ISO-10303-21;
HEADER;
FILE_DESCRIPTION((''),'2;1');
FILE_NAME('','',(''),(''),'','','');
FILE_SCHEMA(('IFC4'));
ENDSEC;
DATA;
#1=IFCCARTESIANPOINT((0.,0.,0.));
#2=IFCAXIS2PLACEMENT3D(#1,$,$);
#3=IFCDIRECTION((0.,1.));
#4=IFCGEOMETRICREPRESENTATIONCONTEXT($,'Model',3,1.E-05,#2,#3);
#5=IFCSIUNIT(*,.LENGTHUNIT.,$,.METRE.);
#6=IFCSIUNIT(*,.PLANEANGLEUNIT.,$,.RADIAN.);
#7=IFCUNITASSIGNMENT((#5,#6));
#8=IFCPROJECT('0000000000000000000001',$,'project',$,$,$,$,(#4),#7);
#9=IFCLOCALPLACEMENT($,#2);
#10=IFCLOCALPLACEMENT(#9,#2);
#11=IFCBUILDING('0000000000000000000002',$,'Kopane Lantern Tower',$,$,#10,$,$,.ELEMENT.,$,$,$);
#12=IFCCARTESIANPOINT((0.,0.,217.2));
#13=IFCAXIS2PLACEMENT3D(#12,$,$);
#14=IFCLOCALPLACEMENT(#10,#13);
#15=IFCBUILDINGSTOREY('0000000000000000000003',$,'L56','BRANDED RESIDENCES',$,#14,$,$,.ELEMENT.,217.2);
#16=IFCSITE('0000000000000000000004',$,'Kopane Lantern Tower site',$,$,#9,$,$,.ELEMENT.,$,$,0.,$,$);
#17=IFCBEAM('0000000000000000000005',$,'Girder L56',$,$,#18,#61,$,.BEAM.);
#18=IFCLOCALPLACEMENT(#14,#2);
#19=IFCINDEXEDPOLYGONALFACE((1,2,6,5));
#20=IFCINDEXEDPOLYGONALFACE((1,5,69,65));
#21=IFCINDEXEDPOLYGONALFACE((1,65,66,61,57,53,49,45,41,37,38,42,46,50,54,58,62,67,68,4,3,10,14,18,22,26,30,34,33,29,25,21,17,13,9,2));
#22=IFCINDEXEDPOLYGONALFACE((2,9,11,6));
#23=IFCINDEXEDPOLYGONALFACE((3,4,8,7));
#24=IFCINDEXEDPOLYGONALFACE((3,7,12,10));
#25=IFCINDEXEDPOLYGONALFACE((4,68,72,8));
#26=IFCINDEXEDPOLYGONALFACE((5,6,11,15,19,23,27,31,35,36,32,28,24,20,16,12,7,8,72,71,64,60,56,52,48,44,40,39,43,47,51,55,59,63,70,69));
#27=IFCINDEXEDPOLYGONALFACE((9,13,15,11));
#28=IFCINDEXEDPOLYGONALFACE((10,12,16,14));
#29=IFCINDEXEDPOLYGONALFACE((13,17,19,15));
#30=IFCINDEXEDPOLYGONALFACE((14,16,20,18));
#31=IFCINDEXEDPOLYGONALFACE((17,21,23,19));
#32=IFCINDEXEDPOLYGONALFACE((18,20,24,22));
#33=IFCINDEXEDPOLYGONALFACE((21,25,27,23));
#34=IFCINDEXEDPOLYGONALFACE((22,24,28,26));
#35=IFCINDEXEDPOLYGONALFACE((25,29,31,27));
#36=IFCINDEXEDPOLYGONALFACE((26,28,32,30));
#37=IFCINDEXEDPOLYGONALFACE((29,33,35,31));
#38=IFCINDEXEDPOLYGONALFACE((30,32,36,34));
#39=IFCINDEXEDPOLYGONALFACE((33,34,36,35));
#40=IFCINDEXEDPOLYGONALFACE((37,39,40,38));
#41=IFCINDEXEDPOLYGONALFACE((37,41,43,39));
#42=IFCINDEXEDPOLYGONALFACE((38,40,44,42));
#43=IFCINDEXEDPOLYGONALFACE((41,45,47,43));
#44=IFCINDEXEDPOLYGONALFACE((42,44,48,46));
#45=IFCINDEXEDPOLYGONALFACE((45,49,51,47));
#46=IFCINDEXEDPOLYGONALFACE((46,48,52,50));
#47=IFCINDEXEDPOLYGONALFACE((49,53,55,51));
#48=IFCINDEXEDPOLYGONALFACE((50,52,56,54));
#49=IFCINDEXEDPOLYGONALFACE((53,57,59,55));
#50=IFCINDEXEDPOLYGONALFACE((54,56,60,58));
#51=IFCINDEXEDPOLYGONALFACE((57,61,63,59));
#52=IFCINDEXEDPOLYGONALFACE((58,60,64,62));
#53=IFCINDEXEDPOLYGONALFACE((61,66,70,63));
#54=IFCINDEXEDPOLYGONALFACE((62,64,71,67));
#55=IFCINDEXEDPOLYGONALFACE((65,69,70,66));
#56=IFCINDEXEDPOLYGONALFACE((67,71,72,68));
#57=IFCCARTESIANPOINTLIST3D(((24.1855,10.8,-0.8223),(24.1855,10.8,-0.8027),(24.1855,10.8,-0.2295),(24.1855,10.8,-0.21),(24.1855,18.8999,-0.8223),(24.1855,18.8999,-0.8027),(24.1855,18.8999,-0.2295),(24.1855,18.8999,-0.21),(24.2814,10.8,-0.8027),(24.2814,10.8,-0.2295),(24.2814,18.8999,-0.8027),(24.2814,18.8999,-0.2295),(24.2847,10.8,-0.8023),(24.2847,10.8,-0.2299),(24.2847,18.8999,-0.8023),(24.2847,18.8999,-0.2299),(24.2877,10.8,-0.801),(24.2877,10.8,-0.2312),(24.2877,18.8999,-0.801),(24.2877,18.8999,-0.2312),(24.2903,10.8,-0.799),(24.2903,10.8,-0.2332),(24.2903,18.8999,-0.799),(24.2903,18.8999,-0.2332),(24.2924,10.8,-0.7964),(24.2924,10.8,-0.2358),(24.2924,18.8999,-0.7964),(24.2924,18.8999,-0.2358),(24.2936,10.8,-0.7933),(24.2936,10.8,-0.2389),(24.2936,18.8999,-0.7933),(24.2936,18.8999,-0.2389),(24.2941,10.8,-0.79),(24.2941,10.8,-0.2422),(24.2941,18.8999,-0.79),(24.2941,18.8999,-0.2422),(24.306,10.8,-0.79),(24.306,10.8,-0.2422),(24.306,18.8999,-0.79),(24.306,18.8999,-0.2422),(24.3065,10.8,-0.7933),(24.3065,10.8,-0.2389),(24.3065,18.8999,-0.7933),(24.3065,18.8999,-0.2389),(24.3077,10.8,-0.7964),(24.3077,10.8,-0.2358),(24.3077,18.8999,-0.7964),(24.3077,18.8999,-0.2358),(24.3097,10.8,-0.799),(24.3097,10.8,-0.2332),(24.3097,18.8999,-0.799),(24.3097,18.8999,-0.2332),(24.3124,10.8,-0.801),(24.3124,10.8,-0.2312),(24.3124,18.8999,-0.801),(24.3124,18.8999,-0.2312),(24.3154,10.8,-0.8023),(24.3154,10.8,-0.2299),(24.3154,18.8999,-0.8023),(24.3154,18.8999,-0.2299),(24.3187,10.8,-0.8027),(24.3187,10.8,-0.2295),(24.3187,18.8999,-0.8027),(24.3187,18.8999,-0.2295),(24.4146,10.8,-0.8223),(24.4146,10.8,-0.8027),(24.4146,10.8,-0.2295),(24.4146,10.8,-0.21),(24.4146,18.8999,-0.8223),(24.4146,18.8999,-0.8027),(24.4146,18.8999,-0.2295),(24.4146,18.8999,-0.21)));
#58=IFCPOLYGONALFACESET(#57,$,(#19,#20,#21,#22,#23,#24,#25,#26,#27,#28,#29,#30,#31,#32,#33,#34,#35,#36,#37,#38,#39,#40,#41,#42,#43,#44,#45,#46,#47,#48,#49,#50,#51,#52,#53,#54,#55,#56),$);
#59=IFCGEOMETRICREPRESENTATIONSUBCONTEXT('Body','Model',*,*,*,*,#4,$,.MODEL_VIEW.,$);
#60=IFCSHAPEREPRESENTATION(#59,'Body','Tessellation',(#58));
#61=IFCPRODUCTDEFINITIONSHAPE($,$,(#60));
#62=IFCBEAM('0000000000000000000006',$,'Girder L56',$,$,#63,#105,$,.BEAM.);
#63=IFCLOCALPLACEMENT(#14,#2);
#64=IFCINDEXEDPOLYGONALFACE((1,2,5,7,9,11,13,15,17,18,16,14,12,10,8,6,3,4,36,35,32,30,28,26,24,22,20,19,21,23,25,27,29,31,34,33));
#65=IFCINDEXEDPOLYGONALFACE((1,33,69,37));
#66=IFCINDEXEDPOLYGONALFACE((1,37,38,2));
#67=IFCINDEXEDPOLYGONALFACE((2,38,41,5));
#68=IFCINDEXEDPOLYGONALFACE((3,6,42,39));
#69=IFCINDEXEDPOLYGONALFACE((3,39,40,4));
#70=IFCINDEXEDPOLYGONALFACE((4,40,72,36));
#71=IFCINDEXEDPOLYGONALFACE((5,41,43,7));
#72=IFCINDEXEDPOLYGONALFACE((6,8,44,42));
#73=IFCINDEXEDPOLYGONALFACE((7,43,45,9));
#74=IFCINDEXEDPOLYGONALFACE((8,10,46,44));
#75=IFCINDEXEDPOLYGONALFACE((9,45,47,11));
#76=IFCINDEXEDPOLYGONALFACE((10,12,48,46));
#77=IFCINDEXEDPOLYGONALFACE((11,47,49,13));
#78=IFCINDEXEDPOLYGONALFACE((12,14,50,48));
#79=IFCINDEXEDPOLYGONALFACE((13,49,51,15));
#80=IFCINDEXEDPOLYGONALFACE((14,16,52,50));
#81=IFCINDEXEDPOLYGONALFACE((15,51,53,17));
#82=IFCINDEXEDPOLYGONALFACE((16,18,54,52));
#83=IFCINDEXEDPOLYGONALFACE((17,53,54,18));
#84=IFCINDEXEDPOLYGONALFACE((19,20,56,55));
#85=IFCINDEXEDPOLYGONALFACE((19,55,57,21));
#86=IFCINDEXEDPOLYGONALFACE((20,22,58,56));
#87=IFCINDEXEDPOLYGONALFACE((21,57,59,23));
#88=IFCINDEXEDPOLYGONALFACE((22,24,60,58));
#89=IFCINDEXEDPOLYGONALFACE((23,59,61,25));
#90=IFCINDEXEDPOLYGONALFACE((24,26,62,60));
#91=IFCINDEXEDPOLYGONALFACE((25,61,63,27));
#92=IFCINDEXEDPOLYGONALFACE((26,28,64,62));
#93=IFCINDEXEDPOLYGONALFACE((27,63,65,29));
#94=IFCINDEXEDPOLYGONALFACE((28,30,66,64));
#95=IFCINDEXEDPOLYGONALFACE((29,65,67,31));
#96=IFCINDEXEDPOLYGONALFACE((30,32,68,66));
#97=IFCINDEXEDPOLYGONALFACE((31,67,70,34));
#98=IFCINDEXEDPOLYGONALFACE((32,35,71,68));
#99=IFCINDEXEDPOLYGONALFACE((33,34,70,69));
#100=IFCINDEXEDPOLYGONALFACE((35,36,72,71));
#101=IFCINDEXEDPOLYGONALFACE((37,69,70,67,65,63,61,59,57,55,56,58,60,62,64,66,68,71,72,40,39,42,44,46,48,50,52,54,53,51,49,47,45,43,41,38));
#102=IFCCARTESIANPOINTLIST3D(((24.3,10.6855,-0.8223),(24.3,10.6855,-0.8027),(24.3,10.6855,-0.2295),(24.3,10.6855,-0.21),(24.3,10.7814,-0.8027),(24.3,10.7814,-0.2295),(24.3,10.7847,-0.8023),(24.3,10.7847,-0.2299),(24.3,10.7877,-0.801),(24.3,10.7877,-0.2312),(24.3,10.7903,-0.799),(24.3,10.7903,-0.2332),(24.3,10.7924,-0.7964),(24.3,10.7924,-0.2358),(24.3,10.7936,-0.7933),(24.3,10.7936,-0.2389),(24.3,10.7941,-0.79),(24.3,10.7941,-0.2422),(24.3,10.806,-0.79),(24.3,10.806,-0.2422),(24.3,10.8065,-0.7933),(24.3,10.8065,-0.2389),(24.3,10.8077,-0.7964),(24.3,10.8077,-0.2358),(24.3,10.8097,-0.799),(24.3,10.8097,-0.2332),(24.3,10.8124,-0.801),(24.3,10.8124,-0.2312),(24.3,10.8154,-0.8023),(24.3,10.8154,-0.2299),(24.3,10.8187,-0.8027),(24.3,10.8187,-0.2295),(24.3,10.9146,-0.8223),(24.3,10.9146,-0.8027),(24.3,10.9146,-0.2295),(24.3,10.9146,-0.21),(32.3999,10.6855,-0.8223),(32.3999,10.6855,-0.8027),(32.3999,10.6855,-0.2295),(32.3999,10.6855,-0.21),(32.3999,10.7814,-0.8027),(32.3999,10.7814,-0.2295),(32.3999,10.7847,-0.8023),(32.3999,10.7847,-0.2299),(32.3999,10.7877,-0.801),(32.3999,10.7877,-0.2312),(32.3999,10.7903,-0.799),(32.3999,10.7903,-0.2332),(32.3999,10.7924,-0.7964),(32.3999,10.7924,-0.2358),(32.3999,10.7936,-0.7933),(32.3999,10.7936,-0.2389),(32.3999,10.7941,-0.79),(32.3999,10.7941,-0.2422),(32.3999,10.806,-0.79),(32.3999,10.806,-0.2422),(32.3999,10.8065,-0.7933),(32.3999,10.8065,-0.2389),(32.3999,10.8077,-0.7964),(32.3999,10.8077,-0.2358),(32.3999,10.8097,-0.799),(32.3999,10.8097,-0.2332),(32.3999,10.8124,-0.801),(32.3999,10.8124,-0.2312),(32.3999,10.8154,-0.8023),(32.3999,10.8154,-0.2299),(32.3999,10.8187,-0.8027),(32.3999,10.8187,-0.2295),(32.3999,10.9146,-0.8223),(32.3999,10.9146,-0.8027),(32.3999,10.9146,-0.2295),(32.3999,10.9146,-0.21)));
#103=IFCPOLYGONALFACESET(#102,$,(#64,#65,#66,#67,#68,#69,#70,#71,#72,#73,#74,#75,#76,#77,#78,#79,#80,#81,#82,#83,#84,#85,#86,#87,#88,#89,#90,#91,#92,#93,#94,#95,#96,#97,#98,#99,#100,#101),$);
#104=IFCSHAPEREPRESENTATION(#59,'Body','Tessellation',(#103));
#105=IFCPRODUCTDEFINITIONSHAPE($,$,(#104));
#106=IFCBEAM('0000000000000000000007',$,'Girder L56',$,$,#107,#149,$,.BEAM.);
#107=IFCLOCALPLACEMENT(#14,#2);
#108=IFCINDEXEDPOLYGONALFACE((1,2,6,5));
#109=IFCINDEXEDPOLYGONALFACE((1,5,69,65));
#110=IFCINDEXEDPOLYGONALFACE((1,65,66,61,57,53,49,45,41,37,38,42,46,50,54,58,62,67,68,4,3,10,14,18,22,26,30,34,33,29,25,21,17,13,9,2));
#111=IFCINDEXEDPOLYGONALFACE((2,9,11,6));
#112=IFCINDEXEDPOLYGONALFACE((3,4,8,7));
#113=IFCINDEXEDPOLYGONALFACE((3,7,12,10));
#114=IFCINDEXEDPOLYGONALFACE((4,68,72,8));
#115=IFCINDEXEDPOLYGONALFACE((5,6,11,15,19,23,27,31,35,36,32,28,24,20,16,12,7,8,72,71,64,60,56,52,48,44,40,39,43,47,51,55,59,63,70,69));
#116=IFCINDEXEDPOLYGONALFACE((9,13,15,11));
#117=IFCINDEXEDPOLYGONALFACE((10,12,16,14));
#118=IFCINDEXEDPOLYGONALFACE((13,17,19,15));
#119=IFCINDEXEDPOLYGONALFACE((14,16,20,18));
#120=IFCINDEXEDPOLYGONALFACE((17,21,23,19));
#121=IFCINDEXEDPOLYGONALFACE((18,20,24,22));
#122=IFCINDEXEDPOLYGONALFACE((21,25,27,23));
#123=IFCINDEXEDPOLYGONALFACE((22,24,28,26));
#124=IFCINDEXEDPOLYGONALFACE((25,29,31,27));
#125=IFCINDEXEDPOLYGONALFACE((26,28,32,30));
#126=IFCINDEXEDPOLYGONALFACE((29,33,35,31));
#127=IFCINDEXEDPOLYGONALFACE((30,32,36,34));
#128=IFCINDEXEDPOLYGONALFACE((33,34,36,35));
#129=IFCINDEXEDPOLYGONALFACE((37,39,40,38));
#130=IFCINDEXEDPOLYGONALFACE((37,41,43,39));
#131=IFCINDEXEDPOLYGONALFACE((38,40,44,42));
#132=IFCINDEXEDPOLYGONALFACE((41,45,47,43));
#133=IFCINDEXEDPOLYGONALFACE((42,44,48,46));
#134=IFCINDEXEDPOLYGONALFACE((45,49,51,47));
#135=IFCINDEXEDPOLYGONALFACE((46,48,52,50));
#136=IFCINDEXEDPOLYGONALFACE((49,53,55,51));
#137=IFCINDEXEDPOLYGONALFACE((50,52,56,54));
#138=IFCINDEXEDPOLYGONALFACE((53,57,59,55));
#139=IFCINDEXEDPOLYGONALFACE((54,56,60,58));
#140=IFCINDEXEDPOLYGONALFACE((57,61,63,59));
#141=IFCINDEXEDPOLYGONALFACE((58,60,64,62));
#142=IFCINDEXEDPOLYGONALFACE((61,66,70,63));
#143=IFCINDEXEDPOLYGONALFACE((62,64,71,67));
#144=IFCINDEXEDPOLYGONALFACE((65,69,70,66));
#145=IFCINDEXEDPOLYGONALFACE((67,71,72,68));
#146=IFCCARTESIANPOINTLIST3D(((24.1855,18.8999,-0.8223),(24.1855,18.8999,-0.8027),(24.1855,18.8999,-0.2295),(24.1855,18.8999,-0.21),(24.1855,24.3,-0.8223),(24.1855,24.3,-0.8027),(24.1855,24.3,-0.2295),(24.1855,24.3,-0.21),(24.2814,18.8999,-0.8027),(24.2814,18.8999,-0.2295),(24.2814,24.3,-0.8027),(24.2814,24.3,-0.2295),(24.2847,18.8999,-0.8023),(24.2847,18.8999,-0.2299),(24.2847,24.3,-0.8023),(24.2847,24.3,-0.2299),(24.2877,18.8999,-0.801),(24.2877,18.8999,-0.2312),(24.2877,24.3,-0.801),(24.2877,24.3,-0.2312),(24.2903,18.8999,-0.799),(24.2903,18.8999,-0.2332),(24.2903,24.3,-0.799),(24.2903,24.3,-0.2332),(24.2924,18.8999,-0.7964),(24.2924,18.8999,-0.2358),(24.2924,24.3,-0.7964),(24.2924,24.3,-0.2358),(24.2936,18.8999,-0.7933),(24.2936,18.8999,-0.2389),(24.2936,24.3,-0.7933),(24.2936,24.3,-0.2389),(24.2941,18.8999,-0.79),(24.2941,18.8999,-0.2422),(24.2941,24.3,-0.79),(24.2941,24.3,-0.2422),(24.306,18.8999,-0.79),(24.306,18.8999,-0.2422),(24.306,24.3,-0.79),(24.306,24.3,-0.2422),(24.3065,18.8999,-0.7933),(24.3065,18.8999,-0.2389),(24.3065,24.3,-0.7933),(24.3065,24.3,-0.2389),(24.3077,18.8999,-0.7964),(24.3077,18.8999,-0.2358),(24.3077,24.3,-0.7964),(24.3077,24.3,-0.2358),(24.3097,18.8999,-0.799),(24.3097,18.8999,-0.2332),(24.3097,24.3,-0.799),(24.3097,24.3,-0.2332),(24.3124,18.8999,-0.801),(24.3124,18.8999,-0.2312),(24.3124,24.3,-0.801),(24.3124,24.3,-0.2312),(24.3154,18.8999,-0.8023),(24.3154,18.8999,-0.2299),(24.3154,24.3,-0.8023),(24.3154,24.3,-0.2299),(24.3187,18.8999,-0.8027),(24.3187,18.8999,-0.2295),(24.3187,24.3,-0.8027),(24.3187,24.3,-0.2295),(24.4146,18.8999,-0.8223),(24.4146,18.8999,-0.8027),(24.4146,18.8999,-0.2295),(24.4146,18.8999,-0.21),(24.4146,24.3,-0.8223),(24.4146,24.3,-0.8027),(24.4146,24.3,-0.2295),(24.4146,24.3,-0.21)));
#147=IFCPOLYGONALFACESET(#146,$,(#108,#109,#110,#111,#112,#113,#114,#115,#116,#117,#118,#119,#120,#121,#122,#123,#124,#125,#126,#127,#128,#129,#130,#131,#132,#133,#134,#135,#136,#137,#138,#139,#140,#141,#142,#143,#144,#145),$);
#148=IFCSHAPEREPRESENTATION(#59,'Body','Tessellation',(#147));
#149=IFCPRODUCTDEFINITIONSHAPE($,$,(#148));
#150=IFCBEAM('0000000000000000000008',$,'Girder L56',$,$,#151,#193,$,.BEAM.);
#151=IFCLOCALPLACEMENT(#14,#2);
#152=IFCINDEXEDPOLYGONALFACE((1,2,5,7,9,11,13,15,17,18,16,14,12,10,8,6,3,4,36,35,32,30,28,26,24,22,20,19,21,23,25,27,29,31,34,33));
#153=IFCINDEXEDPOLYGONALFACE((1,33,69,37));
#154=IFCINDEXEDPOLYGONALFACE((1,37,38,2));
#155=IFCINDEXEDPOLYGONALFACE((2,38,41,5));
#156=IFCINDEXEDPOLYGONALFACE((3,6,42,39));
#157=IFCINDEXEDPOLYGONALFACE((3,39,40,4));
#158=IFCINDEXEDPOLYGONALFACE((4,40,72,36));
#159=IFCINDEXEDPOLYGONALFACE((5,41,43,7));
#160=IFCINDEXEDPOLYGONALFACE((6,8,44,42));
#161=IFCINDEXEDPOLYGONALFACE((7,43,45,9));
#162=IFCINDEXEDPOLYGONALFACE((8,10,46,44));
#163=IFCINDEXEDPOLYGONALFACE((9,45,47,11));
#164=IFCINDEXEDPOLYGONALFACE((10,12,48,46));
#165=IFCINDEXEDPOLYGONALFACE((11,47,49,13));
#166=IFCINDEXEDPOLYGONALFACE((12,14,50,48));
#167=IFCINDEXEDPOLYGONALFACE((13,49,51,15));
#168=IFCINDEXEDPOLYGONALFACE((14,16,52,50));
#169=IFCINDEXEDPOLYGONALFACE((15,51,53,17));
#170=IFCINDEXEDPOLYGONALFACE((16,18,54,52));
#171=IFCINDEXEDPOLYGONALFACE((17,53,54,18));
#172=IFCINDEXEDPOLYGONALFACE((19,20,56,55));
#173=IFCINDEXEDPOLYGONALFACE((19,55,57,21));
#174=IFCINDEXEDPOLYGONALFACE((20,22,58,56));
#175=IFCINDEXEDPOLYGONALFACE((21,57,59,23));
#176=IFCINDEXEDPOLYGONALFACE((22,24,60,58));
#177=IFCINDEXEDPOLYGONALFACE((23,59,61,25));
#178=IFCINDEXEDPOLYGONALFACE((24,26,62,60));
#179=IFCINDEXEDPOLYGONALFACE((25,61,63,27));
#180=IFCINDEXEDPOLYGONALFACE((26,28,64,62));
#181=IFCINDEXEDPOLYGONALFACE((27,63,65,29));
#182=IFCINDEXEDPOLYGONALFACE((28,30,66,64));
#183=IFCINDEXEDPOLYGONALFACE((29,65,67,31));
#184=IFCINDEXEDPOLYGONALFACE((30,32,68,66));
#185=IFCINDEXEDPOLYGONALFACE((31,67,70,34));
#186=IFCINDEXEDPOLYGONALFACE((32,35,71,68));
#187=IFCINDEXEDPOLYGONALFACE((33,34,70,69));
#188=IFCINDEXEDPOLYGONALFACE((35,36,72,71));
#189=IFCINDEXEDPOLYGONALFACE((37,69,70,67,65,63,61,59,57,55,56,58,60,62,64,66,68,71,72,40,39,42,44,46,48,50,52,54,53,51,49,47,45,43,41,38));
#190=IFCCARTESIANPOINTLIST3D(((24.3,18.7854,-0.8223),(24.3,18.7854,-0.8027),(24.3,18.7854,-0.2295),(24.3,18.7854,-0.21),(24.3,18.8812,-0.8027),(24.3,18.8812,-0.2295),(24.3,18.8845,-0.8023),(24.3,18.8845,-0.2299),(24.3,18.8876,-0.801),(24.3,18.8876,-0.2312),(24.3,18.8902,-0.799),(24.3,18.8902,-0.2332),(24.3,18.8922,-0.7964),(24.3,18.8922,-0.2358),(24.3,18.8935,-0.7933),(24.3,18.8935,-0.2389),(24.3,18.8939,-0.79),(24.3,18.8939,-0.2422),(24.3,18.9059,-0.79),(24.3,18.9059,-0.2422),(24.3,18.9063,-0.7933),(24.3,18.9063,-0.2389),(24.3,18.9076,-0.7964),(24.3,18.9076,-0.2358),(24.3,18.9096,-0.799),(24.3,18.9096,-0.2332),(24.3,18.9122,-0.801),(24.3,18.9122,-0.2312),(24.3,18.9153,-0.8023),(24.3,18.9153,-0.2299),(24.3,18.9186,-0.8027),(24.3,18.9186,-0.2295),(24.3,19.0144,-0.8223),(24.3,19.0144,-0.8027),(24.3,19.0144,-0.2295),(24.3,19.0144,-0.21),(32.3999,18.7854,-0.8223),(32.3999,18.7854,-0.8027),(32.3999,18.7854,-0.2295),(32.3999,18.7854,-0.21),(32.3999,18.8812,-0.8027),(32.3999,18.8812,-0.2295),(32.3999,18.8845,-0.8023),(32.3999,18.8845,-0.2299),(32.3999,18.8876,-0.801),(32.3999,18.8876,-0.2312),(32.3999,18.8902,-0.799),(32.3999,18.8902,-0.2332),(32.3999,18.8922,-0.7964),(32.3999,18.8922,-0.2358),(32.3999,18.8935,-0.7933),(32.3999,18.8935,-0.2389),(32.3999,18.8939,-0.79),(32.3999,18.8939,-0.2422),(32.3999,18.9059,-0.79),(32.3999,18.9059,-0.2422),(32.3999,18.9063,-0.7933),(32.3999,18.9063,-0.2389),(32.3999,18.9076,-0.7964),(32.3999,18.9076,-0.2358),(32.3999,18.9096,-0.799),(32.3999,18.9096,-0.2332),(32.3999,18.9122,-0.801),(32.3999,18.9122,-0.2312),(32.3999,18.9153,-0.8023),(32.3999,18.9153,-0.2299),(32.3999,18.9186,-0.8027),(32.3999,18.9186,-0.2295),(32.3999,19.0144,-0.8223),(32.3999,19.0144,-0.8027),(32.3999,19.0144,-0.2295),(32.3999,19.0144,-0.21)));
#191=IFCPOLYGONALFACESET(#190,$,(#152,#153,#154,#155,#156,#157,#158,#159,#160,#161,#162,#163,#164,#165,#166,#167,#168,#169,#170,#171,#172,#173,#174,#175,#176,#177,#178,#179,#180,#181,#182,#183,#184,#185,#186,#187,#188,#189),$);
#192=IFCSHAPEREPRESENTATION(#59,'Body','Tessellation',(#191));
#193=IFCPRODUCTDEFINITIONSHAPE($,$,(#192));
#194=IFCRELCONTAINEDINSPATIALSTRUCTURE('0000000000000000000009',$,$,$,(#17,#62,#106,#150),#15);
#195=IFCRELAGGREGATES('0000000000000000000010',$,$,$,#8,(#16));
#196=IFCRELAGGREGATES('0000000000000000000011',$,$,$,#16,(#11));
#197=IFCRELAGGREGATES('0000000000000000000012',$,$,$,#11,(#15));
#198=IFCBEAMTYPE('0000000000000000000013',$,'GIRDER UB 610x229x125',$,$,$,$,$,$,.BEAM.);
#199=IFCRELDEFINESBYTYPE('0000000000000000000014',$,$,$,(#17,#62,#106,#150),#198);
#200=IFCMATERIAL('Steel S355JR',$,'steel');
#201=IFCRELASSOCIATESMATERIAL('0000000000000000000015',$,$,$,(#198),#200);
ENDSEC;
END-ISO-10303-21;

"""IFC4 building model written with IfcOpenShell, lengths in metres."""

from ifc_helpers import new_model, si_unit, direction, frame, origin, origin_2d, place, context, subcontext, project, spatial, i_section, extrude, material, material_profile, profile_set, type_object, element, save


model = new_model("IFC4")

# Units and contexts
model_context = context("Model", 3, precision=1e-05, world=origin(), true_north=direction((0.0, 1.0)))
body_context = subcontext(model_context, "Body", "Model", "MODEL_VIEW")
ifc_project = project(units=[si_unit("LENGTHUNIT", "METRE"), si_unit("PLANEANGLEUNIT", "RADIAN")], contexts=[model_context])

# Site, building, storey
site_placement = place(None, origin())
site = spatial("IfcSite", under=ifc_project, at=site_placement, Name="Kopane Lantern Tower site", CompositionType="ELEMENT", RefElevation=0.0)
building_placement = place(site_placement, origin())
building = spatial("IfcBuilding", under=site, at=building_placement, Name="Kopane Lantern Tower", CompositionType="ELEMENT")
storey_placement = place(building_placement, frame((0.0, 0.0, 217.2)))
storey = spatial("IfcBuildingStorey", under=building, at=storey_placement, Name="L56", Description="BRANDED RESIDENCES", CompositionType="ELEMENT", Elevation=217.2)

# Beams
ifc_material_1 = material(Name="Steel S355JR", Category="steel")
ifc_material_profile_1 = material_profile(ifc_material_1, i_section(OverallWidth=0.229, OverallDepth=0.6123, WebThickness=0.012, FlangeThickness=0.0195, FilletRadius=0.0127, at=origin_2d()), Name="UB 610x229x125")
ifc_profile_set_1 = profile_set([ifc_material_profile_1], Name="Steel S355JR")
beam_type = type_object("IfcBeamType", Name="GIRDER UB 610x229x125", PredefinedType="BEAM", material=ifc_profile_set_1)
for number, where, z_axis, x_axis, name in (
    (1, (24.3, 10.8, -0.5161), (0.0, 1.0, 0.0), (-1.0, 0.0, 0.0), "Girder L56"),
    (2, (24.3, 10.8, -0.5161), (1.0, 0.0, 0.0), (0.0, 1.0, 0.0), "Girder L56"),
):
    element("IfcBeam", number, at=place(storey_placement, frame(where, z_axis=z_axis, x_axis=x_axis)), inside=storey, type_object=beam_type, Name=name, PredefinedType="BEAM", context=body_context, shape_type="SweptSolid", body=[
        extrude(i_section(OverallWidth=0.229, OverallDepth=0.6123, WebThickness=0.012, FlangeThickness=0.0195, FilletRadius=0.0127, at=origin_2d()), origin(), (0.0, 0.0, 1.0), 8.0999),
    ])
beam_1_placement = place(storey_placement, frame((24.3, 18.8999, -0.5161), z_axis=(0.0, 1.0, 0.0), x_axis=(-1.0, 0.0, 0.0)))
element("IfcBeam", 3, at=beam_1_placement, inside=storey, type_object=beam_type, Name="Girder L56", PredefinedType="BEAM", context=body_context, shape_type="SweptSolid", body=[
    extrude(i_section(OverallWidth=0.229, OverallDepth=0.6123, WebThickness=0.012, FlangeThickness=0.0195, FilletRadius=0.0127, at=origin_2d()), origin(), (0.0, 0.0, 1.0), 5.4001),
])
beam_2_placement = place(storey_placement, frame((24.3, 18.8999, -0.5161), z_axis=(1.0, 0.0, 0.0), x_axis=(0.0, 1.0, 0.0)))
element("IfcBeam", 4, at=beam_2_placement, inside=storey, type_object=beam_type, Name="Girder L56", PredefinedType="BEAM", context=body_context, shape_type="SweptSolid", body=[
    extrude(i_section(OverallWidth=0.229, OverallDepth=0.6123, WebThickness=0.012, FlangeThickness=0.0195, FilletRadius=0.0127, at=origin_2d()), origin(), (0.0, 0.0, 1.0), 8.0999),
])

save(model, "model.ifc")
